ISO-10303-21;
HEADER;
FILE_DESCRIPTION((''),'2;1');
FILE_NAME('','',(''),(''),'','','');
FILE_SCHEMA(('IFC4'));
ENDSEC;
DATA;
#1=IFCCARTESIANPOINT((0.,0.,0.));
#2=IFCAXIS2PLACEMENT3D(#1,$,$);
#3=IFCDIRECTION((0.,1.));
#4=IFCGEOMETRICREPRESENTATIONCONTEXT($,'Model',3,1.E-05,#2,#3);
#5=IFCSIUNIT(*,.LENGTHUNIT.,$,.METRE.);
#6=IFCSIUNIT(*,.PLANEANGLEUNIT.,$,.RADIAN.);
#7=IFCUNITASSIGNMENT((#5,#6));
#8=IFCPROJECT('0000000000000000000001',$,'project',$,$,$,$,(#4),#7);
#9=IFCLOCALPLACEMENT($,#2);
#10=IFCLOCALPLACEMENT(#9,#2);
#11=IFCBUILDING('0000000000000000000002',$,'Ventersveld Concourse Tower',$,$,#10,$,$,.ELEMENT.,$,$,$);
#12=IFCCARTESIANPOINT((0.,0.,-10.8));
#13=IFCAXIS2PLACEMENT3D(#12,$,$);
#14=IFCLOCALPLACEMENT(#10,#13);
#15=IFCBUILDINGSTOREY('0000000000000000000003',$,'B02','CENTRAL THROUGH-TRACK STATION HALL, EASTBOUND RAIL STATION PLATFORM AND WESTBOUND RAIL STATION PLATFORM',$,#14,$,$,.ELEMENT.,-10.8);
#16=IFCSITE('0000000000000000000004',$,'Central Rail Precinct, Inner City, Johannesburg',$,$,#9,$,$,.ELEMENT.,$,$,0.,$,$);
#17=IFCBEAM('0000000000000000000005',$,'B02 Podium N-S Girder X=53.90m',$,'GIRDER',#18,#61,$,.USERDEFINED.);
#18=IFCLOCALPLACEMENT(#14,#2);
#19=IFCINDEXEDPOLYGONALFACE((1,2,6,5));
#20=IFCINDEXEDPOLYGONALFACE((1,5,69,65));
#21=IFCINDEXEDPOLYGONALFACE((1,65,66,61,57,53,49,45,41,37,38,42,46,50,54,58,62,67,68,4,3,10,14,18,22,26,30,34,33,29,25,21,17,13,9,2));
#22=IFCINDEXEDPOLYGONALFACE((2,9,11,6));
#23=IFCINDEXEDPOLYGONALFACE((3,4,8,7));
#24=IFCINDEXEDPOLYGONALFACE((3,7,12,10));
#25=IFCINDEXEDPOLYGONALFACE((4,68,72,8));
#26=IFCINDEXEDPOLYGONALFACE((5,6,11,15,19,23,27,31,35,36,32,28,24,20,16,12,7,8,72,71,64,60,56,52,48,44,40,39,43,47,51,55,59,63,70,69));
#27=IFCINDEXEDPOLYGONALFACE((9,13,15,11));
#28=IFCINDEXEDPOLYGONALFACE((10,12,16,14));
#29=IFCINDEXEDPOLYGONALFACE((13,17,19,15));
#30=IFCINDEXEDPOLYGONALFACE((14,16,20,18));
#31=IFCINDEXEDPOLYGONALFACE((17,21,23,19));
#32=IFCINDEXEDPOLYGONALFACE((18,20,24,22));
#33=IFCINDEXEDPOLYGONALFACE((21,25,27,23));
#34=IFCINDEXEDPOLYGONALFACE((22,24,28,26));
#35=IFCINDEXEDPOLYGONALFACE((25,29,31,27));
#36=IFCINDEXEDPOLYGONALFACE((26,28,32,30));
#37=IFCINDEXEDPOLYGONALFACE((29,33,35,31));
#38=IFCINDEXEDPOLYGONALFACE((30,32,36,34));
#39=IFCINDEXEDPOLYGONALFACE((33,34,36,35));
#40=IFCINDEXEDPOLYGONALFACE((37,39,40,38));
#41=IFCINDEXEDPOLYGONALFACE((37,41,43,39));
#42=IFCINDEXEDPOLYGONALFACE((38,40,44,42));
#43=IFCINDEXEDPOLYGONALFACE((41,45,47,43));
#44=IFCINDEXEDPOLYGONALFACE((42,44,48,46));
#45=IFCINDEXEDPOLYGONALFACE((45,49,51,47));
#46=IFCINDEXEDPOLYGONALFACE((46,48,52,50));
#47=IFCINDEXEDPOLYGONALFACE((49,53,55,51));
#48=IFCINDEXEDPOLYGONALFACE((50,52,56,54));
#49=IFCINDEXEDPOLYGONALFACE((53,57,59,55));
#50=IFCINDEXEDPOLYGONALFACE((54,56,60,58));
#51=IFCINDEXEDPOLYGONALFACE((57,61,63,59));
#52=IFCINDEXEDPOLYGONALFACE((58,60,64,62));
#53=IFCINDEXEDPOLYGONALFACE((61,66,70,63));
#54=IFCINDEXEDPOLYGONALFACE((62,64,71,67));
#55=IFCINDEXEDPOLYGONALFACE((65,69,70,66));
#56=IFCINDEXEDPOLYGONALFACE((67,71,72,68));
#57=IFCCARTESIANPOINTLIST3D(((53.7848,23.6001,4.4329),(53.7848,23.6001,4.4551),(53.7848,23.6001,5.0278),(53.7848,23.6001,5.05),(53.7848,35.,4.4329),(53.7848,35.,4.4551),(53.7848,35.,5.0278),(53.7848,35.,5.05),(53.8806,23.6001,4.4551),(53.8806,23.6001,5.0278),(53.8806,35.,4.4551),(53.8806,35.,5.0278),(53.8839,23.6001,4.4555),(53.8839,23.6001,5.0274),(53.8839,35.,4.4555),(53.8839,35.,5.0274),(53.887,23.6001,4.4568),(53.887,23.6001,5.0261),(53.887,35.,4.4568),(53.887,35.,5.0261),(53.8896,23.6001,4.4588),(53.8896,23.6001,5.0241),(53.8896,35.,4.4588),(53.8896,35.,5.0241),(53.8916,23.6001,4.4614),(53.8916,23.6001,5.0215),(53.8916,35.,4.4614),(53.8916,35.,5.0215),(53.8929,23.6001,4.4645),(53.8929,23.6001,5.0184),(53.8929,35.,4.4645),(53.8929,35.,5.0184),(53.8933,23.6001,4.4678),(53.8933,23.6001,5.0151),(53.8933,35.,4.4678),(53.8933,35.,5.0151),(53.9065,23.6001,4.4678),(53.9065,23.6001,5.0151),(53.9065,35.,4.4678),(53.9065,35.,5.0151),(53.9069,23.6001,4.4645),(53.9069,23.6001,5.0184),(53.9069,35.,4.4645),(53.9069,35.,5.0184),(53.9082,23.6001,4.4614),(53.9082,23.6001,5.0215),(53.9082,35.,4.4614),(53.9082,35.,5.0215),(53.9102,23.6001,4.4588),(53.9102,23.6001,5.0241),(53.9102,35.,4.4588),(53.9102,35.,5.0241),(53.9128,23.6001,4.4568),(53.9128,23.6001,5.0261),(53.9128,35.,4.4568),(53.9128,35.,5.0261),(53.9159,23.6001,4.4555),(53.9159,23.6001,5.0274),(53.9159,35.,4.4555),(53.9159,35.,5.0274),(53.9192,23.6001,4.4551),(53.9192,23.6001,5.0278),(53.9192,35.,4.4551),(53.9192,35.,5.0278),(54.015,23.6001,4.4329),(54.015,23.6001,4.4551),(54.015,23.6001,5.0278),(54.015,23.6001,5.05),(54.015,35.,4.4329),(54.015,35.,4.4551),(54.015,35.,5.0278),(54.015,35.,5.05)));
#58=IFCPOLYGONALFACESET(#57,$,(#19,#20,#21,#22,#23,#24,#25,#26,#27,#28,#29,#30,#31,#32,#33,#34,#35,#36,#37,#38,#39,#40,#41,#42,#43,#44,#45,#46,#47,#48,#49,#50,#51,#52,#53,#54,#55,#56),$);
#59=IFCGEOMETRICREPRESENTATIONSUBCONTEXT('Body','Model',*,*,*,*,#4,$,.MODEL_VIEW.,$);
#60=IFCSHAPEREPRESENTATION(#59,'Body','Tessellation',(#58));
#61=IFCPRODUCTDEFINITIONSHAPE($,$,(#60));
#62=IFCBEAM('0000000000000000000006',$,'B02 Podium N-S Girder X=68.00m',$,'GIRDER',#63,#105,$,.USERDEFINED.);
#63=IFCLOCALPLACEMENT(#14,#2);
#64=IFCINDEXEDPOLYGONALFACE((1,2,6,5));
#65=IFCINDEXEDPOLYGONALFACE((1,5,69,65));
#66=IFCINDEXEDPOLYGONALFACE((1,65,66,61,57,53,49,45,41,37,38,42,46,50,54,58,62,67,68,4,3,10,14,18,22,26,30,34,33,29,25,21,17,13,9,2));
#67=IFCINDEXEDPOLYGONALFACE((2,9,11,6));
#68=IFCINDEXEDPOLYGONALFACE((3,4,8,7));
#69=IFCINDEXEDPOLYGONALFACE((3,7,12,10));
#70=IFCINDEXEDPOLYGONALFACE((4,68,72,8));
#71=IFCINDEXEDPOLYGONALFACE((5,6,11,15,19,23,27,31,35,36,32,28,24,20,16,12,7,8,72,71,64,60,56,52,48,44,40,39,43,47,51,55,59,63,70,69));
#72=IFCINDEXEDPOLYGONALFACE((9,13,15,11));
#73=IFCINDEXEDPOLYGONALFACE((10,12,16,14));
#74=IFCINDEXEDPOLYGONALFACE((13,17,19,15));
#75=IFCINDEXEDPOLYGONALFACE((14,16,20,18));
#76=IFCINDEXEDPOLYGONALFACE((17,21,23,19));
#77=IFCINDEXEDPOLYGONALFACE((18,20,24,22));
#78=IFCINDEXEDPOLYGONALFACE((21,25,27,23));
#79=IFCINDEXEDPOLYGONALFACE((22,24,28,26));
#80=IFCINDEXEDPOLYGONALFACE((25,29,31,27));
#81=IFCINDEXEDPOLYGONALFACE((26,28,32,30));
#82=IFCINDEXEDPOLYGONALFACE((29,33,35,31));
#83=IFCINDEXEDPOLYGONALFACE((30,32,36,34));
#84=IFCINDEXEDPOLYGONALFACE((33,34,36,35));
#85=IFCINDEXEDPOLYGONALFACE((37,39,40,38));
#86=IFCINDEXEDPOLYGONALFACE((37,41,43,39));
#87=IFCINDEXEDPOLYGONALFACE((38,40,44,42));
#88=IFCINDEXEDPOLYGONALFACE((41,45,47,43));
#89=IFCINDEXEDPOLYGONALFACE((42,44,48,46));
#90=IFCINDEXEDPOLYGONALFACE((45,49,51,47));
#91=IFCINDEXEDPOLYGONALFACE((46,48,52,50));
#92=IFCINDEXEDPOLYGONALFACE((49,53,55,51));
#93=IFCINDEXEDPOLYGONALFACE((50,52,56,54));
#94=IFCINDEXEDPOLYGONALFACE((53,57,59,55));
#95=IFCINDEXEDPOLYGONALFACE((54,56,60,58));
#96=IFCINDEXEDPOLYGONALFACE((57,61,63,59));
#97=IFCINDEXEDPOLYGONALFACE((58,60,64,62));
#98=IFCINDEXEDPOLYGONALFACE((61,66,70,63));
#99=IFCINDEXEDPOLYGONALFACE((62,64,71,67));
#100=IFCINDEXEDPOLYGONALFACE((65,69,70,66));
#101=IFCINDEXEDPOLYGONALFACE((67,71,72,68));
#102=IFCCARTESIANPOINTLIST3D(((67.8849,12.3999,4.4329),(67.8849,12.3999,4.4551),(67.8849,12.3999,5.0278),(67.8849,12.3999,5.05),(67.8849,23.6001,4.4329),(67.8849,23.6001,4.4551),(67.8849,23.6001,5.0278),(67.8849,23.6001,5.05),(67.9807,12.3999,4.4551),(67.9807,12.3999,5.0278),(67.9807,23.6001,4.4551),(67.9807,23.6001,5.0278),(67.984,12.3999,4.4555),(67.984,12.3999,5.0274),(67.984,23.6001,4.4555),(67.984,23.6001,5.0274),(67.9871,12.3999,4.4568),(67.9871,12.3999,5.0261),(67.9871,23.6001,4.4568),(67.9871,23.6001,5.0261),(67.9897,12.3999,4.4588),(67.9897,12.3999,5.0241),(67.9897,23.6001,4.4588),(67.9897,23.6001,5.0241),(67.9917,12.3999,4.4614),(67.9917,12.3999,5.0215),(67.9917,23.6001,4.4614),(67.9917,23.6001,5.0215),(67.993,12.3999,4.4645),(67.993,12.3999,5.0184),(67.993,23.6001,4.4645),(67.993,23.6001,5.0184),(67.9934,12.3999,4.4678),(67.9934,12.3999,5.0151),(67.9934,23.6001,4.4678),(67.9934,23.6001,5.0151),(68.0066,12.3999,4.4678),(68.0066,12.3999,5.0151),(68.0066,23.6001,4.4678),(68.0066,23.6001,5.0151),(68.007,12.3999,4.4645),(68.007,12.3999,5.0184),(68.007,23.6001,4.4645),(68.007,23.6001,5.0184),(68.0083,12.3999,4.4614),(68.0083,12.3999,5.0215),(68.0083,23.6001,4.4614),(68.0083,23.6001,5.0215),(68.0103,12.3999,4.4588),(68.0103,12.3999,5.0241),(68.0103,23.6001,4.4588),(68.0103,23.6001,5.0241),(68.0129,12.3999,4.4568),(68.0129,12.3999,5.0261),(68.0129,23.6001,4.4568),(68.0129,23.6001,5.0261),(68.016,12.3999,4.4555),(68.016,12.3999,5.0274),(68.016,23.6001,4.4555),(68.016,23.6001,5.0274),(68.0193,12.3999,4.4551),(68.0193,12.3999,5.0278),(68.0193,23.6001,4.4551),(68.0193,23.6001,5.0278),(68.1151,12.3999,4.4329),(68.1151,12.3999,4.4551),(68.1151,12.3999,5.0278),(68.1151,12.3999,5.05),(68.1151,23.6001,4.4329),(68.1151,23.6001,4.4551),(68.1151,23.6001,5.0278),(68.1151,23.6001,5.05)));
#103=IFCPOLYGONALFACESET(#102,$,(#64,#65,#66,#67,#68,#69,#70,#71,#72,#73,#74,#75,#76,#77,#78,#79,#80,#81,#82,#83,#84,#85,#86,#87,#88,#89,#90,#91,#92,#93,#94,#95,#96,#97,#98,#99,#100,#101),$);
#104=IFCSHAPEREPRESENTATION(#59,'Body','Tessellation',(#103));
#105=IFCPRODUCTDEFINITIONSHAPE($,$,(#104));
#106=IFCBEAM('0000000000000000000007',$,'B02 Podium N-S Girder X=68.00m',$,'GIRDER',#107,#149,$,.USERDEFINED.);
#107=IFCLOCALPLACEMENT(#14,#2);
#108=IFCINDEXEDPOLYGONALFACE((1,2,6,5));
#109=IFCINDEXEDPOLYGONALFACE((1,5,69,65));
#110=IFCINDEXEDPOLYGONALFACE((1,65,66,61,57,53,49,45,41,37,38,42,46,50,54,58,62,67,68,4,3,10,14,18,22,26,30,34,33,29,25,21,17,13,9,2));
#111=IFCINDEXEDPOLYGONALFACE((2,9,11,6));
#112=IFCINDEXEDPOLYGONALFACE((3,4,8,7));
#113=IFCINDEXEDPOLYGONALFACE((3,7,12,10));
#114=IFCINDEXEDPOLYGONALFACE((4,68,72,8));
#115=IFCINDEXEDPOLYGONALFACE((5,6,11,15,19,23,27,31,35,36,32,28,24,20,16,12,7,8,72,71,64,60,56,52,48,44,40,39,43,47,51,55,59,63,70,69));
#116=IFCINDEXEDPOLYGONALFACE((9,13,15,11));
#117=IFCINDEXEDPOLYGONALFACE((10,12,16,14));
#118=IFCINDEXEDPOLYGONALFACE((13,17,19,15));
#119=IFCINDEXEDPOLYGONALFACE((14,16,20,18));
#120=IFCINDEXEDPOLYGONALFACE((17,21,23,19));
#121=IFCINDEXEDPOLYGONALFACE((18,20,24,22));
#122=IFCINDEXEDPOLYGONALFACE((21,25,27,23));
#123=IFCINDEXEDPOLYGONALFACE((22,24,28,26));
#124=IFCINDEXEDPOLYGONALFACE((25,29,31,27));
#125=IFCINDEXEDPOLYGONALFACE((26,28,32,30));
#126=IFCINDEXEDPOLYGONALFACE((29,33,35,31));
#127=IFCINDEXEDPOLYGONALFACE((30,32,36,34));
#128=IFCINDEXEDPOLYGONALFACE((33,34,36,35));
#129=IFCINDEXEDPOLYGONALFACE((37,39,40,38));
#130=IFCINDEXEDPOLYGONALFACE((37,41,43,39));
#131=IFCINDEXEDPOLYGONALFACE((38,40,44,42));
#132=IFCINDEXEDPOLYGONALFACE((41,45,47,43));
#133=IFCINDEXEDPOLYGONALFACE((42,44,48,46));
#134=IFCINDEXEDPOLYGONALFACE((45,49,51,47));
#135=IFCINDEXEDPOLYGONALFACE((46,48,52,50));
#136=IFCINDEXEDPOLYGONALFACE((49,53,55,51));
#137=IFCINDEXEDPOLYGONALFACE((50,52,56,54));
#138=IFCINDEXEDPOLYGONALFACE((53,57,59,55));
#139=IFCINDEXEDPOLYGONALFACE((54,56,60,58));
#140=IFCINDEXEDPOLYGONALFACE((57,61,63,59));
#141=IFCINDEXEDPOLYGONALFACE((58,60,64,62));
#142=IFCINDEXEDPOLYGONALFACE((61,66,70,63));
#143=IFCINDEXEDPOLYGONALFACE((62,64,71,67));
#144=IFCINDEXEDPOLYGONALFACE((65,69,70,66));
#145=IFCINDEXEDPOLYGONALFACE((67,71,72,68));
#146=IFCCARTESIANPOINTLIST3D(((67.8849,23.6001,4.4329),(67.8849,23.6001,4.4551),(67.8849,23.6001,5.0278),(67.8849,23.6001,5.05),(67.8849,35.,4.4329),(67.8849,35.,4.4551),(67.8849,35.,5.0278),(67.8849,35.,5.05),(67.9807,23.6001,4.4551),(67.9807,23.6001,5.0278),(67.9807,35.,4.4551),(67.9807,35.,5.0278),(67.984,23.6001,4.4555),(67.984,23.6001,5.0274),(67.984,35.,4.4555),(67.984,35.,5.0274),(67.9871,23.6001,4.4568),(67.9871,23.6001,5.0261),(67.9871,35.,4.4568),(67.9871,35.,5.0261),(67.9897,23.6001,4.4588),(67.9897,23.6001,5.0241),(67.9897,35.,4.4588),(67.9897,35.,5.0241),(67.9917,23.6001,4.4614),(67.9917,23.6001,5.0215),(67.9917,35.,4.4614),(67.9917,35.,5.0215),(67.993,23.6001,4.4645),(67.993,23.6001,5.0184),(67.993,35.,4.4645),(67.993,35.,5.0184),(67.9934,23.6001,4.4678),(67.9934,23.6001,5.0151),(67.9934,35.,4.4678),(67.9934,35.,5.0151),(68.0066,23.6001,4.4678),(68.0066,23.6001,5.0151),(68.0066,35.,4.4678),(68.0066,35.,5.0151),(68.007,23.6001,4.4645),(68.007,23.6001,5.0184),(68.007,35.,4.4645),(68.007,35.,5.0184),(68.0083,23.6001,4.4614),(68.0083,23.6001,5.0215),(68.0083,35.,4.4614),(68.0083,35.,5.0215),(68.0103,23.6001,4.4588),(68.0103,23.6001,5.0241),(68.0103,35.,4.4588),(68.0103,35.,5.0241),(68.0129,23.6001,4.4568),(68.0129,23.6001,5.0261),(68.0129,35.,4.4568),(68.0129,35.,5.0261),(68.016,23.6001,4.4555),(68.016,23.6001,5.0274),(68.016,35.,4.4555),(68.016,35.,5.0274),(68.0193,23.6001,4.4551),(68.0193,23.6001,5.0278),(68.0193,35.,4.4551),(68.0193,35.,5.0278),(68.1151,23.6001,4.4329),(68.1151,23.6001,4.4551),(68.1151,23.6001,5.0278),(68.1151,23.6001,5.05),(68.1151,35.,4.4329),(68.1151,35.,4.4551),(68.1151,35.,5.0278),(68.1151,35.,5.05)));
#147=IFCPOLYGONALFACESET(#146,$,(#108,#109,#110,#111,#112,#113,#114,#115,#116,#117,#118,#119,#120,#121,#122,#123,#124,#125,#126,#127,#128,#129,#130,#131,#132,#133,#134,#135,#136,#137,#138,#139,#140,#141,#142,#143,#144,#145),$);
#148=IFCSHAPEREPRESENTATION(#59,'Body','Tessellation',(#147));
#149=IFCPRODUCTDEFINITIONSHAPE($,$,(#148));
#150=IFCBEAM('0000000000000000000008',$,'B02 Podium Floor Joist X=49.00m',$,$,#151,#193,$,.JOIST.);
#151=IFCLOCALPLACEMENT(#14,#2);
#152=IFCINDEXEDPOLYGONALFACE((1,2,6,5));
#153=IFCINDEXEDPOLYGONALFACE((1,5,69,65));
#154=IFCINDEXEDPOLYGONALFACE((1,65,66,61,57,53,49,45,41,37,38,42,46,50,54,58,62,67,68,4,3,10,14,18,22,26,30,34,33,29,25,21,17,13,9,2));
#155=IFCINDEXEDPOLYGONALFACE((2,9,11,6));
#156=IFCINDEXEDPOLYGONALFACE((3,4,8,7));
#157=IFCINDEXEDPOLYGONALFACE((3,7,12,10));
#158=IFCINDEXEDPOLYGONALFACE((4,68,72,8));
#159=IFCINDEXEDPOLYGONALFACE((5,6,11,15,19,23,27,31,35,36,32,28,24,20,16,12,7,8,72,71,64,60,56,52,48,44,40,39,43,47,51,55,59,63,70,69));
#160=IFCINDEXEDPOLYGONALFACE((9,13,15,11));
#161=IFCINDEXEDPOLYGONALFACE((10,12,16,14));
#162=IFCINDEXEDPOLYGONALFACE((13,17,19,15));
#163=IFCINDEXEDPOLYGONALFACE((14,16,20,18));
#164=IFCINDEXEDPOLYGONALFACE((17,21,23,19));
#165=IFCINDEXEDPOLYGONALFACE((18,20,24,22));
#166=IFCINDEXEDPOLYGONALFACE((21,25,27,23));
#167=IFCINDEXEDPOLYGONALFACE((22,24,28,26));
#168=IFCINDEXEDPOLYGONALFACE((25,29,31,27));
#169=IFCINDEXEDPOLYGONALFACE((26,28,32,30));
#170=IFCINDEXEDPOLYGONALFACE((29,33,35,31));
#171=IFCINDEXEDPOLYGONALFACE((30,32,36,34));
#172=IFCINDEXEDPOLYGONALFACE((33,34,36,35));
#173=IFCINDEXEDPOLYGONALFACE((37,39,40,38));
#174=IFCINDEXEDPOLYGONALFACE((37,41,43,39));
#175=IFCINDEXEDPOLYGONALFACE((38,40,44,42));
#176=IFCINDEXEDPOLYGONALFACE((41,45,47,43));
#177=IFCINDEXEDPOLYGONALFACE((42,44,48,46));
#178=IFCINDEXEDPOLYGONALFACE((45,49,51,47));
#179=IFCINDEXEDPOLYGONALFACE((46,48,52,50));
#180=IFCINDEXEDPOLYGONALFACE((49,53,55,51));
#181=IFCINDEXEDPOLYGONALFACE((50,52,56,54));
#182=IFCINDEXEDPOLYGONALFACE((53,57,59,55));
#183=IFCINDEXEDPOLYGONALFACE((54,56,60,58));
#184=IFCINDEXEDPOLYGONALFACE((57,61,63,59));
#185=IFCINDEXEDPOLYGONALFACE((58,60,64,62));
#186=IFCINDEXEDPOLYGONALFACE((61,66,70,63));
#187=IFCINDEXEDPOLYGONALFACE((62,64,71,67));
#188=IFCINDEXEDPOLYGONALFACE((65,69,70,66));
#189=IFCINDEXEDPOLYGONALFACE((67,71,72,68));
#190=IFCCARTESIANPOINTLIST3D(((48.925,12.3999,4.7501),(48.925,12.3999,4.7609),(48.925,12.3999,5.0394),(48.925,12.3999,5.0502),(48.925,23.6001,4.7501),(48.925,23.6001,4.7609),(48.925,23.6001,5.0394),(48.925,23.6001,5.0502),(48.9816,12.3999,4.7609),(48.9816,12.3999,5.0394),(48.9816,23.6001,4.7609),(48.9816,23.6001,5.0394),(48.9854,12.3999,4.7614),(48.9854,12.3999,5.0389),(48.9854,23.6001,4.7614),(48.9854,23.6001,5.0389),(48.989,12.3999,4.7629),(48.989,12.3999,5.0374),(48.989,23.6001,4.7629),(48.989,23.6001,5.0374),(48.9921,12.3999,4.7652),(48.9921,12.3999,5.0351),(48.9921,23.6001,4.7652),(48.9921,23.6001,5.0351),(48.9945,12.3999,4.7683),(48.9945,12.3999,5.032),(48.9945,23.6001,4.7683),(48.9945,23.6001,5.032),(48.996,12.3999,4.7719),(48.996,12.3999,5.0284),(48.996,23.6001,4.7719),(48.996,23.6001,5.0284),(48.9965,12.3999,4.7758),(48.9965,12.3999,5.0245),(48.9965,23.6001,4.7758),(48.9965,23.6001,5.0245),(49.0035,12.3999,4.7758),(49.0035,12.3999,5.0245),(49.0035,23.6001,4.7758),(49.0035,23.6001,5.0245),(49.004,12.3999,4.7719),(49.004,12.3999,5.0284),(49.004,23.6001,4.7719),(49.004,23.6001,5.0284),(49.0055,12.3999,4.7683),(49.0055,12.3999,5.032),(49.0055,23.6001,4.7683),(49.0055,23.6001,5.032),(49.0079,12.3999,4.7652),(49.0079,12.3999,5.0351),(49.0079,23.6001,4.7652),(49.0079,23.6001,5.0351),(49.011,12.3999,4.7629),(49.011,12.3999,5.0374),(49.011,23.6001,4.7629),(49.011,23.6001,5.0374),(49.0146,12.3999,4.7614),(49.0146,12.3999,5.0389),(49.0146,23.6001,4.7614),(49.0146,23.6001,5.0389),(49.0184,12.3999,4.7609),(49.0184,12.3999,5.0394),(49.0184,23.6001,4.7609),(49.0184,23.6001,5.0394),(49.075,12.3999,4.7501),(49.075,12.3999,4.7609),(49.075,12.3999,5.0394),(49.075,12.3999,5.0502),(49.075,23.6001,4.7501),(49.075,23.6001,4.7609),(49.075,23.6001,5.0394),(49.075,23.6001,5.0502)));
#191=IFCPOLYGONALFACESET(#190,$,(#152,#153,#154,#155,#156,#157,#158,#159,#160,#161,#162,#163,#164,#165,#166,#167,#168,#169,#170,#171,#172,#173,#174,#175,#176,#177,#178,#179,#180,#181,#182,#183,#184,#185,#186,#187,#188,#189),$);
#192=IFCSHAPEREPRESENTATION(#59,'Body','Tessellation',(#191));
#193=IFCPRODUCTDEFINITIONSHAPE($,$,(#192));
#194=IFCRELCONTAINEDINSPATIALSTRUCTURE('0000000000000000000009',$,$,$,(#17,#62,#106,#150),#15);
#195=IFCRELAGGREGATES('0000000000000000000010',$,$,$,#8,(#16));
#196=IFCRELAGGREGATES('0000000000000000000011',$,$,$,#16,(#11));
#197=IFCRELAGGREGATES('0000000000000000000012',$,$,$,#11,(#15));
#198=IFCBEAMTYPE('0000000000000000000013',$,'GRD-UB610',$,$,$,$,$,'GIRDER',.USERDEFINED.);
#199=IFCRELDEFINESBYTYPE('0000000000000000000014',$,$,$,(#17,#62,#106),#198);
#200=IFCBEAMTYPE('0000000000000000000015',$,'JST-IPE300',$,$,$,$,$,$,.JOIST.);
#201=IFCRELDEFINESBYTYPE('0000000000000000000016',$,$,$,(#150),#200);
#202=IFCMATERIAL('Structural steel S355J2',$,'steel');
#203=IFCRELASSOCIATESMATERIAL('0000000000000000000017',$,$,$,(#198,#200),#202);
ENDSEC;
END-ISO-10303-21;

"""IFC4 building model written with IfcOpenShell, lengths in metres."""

from ifc_helpers import new_model, si_unit, direction, frame, origin, origin_2d, place, context, subcontext, project, spatial, i_section, extrude, material, material_profile, profile_set, type_object, element, save


model = new_model("IFC4")

# Units and contexts
model_context = context("Model", 3, precision=1e-05, world=origin(), true_north=direction((0.0, 1.0)))
body_context = subcontext(model_context, "Body", "Model", "MODEL_VIEW")
ifc_project = project(units=[si_unit("LENGTHUNIT", "METRE"), si_unit("PLANEANGLEUNIT", "RADIAN")], contexts=[model_context])

# Site, building, storey
site_placement = place(None, origin())
site = spatial("IfcSite", under=ifc_project, at=site_placement, Name="Central Rail Precinct, Inner City, Johannesburg", CompositionType="ELEMENT", RefElevation=0.0)
building_placement = place(site_placement, origin())
building = spatial("IfcBuilding", under=site, at=building_placement, Name="Ventersveld Concourse Tower", CompositionType="ELEMENT")
storey_placement = place(building_placement, frame((0.0, 0.0, -10.8)))
storey = spatial("IfcBuildingStorey", under=building, at=storey_placement, Name="B02", Description="CENTRAL THROUGH-TRACK STATION HALL, EASTBOUND RAIL STATION PLATFORM AND WESTBOUND RAIL STATION PLATFORM", CompositionType="ELEMENT", Elevation=-10.8)

# Beams
ifc_material_1 = material(Name="Structural steel S355J2", Category="steel")
ifc_material_profile_1 = material_profile(ifc_material_1, i_section(OverallWidth=0.2302, OverallDepth=0.6172, WebThickness=0.0132, FlangeThickness=0.0222, FilletRadius=0.0127, at=origin_2d()), Name="UB 610x229x140")
ifc_profile_set_1 = profile_set([ifc_material_profile_1], Name="Structural steel S355J2")
beam_type_1 = type_object("IfcBeamType", Name="GRD-UB610", ElementType="GIRDER", PredefinedType="USERDEFINED", material=ifc_profile_set_1)
beam_1_placement = place(storey_placement, frame((53.8999, 23.6001, 4.7415), z_axis=(0.0, 1.0, 0.0), x_axis=(-1.0, 0.0, 0.0)))
element("IfcBeam", 1, at=beam_1_placement, inside=storey, type_object=beam_type_1, Name="B02 Podium N-S Girder X=53.90m", ObjectType="GIRDER", PredefinedType="USERDEFINED", context=body_context, shape_type="SweptSolid", body=[
    extrude(i_section(OverallWidth=0.2302, OverallDepth=0.6172, WebThickness=0.0132, FlangeThickness=0.0222, FilletRadius=0.0127, at=origin_2d()), origin(), (0.0, 0.0, 1.0), 11.3999),
])
beam_2_placement = place(storey_placement, frame((68.0, 12.3999, 4.7415), z_axis=(0.0, 1.0, 0.0), x_axis=(-1.0, 0.0, 0.0)))
element("IfcBeam", 2, at=beam_2_placement, inside=storey, type_object=beam_type_1, Name="B02 Podium N-S Girder X=68.00m", ObjectType="GIRDER", PredefinedType="USERDEFINED", context=body_context, shape_type="SweptSolid", body=[
    extrude(i_section(OverallWidth=0.2302, OverallDepth=0.6172, WebThickness=0.0132, FlangeThickness=0.0222, FilletRadius=0.0127, at=origin_2d()), origin(), (0.0, 0.0, 1.0), 11.2002),
])
beam_3_placement = place(storey_placement, frame((68.0, 23.6001, 4.7415), z_axis=(0.0, 1.0, 0.0), x_axis=(-1.0, 0.0, 0.0)))
element("IfcBeam", 3, at=beam_3_placement, inside=storey, type_object=beam_type_1, Name="B02 Podium N-S Girder X=68.00m", ObjectType="GIRDER", PredefinedType="USERDEFINED", context=body_context, shape_type="SweptSolid", body=[
    extrude(i_section(OverallWidth=0.2302, OverallDepth=0.6172, WebThickness=0.0132, FlangeThickness=0.0222, FilletRadius=0.0127, at=origin_2d()), origin(), (0.0, 0.0, 1.0), 11.3999),
])
ifc_material_profile_2 = material_profile(ifc_material_1, i_section(OverallWidth=0.1499, OverallDepth=0.3, WebThickness=0.0071, FlangeThickness=0.0107, FilletRadius=0.0149, at=origin_2d()), Name="IPE 300")
ifc_profile_set_2 = profile_set([ifc_material_profile_2], Name="Structural steel S355J2")
beam_type_2 = type_object("IfcBeamType", Name="JST-IPE300", PredefinedType="JOIST", material=ifc_profile_set_2)
beam_4_placement = place(storey_placement, frame((49.0, 12.3999, 4.9001), z_axis=(0.0, 1.0, 0.0), x_axis=(-1.0, 0.0, 0.0)))
element("IfcBeam", 4, at=beam_4_placement, inside=storey, type_object=beam_type_2, Name="B02 Podium Floor Joist X=49.00m", PredefinedType="JOIST", context=body_context, shape_type="SweptSolid", body=[
    extrude(i_section(OverallWidth=0.1499, OverallDepth=0.3, WebThickness=0.0071, FlangeThickness=0.0107, FilletRadius=0.0149, at=origin_2d()), origin(), (0.0, 0.0, 1.0), 11.2002),
])

save(model, "model.ifc")
